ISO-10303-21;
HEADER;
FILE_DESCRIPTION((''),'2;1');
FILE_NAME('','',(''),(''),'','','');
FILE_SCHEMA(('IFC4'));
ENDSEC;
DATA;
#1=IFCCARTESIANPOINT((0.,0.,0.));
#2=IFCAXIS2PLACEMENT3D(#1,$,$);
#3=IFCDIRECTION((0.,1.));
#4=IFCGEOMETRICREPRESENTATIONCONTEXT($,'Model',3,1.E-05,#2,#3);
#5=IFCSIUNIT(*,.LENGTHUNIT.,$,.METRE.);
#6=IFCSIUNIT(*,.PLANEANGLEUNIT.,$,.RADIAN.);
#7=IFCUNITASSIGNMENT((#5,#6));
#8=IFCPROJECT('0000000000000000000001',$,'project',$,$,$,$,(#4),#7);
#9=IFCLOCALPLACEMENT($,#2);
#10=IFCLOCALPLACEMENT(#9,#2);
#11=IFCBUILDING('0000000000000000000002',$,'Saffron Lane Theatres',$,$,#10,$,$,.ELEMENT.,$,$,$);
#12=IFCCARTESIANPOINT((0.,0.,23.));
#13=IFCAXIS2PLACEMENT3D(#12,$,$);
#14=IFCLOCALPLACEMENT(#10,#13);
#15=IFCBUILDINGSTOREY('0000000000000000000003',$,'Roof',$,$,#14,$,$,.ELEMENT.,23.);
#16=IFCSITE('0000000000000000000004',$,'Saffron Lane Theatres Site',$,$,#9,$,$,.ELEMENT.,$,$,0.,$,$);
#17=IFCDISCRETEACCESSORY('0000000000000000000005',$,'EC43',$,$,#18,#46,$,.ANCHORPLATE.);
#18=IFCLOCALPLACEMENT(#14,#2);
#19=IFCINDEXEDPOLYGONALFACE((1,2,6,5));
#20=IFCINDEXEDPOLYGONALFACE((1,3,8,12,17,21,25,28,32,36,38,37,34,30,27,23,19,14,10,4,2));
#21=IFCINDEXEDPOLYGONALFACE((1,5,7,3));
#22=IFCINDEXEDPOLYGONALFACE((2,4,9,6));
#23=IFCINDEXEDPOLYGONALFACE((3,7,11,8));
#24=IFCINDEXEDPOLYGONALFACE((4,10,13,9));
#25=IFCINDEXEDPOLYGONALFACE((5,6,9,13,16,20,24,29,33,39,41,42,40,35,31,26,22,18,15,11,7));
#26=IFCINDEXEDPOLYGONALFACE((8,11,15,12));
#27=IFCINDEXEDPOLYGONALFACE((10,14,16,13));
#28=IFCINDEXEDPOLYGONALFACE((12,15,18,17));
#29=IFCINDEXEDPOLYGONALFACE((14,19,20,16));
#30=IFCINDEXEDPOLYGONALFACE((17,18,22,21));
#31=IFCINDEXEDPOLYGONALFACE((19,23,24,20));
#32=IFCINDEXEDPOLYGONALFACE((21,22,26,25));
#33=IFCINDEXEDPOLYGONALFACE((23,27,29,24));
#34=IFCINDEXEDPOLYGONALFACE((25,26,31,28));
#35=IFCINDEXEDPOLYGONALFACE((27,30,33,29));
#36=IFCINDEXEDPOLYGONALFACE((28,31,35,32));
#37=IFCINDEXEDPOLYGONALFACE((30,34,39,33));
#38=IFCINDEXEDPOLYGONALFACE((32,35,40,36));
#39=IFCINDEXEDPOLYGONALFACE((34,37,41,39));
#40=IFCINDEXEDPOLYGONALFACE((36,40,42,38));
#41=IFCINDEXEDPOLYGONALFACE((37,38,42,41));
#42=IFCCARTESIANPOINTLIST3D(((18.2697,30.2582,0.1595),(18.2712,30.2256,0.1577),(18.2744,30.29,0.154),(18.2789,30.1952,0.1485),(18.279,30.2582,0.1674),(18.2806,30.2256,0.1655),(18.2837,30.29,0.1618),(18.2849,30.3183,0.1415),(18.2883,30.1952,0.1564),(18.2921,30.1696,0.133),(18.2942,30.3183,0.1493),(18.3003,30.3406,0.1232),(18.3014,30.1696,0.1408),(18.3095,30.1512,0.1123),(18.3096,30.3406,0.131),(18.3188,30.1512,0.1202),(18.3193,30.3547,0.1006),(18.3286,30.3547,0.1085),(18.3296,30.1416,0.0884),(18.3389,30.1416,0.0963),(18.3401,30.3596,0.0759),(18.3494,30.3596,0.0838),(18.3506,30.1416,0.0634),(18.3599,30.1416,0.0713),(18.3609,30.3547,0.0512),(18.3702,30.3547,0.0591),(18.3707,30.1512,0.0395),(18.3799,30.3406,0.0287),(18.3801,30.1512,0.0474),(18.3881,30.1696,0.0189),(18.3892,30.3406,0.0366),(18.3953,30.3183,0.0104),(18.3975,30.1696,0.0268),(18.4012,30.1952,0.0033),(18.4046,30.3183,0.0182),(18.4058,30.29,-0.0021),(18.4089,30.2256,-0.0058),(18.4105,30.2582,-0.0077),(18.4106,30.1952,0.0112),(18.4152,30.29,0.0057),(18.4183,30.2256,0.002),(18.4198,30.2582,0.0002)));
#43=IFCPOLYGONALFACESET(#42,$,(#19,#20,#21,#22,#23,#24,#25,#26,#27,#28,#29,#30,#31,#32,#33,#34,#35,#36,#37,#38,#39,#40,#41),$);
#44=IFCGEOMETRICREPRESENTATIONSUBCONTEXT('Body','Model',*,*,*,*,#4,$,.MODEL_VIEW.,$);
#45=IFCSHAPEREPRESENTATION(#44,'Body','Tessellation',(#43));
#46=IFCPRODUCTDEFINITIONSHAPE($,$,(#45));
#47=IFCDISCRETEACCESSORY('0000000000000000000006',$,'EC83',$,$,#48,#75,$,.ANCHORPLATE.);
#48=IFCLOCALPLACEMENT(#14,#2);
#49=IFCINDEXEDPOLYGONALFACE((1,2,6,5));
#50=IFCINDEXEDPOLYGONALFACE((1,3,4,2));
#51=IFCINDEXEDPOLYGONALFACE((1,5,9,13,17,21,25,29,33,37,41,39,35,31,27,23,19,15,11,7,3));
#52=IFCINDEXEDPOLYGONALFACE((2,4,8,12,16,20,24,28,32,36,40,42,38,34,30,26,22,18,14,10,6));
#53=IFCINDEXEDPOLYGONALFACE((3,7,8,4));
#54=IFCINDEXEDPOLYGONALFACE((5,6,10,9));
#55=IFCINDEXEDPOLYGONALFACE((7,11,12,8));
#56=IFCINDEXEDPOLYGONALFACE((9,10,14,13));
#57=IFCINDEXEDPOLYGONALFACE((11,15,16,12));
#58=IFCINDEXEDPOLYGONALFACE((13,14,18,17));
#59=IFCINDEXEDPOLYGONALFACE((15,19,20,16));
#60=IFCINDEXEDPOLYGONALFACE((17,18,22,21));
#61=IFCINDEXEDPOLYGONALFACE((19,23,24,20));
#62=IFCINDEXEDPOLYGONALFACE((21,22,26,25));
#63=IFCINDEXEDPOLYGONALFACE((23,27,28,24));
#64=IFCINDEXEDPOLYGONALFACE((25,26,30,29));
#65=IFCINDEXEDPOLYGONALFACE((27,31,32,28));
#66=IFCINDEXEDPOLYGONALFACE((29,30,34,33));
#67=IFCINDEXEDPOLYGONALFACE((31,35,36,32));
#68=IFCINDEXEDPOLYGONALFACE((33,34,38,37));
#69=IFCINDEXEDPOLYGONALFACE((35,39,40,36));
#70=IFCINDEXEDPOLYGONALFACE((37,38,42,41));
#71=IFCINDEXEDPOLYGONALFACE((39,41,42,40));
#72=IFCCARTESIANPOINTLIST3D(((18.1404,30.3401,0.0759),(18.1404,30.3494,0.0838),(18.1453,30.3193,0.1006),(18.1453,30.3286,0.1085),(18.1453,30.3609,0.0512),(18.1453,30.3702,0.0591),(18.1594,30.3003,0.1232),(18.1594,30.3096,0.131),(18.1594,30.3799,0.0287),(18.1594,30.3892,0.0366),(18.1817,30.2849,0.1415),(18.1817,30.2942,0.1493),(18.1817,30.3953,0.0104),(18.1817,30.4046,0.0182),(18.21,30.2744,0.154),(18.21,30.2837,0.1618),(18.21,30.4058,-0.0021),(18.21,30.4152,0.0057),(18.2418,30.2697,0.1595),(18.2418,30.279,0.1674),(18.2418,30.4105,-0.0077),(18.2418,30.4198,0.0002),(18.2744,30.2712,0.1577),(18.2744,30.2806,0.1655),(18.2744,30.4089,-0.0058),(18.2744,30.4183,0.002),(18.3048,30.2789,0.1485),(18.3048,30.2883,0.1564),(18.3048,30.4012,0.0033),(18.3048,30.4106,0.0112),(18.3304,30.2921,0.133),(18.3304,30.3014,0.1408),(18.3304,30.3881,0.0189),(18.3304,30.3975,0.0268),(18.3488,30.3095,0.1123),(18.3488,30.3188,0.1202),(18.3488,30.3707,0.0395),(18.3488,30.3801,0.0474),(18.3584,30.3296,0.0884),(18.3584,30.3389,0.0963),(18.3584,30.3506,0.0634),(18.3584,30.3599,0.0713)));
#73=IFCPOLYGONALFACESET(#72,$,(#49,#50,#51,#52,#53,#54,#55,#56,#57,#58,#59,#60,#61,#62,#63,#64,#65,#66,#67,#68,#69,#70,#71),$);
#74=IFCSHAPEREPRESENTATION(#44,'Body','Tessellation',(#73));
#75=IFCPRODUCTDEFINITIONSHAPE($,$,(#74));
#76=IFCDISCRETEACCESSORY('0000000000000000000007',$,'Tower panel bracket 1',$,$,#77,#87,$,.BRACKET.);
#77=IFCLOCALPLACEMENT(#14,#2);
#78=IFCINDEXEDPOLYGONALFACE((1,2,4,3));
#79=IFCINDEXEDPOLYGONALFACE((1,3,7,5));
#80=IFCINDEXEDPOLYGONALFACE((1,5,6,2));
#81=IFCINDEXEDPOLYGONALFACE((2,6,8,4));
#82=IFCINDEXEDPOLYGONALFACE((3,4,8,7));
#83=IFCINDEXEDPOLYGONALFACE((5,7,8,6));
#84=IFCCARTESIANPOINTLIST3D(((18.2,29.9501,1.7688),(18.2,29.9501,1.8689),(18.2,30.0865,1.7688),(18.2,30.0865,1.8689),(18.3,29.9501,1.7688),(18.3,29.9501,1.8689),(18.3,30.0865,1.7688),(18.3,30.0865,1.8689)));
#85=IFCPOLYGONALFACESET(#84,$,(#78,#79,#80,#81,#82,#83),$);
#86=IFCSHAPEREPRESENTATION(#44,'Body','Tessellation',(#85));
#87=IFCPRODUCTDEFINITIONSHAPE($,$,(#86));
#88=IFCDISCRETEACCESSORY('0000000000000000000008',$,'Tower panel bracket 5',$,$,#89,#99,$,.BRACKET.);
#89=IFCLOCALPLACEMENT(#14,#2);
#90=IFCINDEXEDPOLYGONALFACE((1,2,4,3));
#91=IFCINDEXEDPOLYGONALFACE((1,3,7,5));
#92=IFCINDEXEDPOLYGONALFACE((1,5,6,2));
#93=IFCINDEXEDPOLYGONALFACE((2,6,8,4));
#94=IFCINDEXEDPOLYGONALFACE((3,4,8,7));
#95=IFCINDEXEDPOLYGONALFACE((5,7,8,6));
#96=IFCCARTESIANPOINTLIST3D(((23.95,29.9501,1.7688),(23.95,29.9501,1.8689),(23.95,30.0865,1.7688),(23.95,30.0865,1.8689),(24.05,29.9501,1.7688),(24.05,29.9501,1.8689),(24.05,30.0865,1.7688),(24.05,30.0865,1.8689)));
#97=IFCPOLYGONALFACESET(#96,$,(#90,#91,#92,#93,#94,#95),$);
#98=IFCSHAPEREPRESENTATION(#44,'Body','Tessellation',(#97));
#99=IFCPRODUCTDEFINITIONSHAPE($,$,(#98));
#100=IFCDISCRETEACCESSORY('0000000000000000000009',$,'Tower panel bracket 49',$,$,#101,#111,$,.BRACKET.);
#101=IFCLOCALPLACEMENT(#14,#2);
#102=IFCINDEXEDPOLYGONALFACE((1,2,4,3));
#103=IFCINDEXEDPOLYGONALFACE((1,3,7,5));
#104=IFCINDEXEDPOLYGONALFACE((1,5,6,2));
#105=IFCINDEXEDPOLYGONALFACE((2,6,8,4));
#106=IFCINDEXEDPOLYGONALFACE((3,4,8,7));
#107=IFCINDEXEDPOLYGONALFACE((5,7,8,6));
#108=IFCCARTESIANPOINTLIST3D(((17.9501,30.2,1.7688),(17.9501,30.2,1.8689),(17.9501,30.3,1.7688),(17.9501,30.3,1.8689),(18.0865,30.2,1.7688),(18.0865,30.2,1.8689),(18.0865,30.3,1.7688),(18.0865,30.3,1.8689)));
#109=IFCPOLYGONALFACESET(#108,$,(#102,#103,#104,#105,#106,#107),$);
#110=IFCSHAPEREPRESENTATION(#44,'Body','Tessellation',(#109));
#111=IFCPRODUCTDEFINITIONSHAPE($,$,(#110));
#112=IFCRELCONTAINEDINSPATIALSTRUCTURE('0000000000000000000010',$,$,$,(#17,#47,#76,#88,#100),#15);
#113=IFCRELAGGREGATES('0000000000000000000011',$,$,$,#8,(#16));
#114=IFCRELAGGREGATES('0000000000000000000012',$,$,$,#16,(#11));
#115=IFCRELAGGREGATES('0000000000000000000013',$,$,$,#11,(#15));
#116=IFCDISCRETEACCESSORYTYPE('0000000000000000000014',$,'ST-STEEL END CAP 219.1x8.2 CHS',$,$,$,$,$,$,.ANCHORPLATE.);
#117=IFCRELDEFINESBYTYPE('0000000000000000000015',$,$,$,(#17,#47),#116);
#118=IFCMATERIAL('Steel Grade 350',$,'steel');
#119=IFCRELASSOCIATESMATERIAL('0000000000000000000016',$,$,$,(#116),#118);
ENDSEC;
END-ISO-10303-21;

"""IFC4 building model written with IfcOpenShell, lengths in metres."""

from ifc_helpers import new_model, si_unit, direction, frame, origin, origin_2d, place, context, subcontext, project, spatial, rectangle, circle, extrude, material, material_profile, profile_set, type_object, element, save


model = new_model("IFC4")

# Units and contexts
model_context = context("Model", 3, precision=1e-05, world=origin(), true_north=direction((0.0, 1.0)))
body_context = subcontext(model_context, "Body", "Model", "MODEL_VIEW")
ifc_project = project(units=[si_unit("LENGTHUNIT", "METRE"), si_unit("PLANEANGLEUNIT", "RADIAN")], contexts=[model_context])

# Site, building, storey
site_placement = place(None, origin())
site = spatial("IfcSite", under=ifc_project, at=site_placement, Name="Saffron Lane Theatres Site", CompositionType="ELEMENT", RefElevation=0.0)
building_placement = place(site_placement, origin())
building = spatial("IfcBuilding", under=site, at=building_placement, Name="Saffron Lane Theatres", CompositionType="ELEMENT")
storey_placement = place(building_placement, frame((0.0, 0.0, 23.0)))
storey = spatial("IfcBuildingStorey", under=building, at=storey_placement, Name="Roof", CompositionType="ELEMENT", Elevation=23.0)

# Discrete accessories
ifc_material_1 = material(Name="Steel Grade 350", Category="steel")
ifc_material_profile_1 = material_profile(ifc_material_1, circle(Radius=0.1096, at=origin_2d()))
ifc_profile_set_1 = profile_set([ifc_material_profile_1], Name="Steel Grade 350")
discrete_accessory_type_1 = type_object("IfcDiscreteAccessoryType", Name="ST-STEEL END CAP 219.1x8.2 CHS", PredefinedType="ANCHORPLATE", material=ifc_profile_set_1)
for number, where, z_axis, x_axis, name in (
    (1, (18.3401, 30.25, 0.0759), (0.764911, 0.0, 0.644136), (0.0, 1.0, 0.0), "EC43"),
    (2, (18.25, 30.3401, 0.0759), (0.0, 0.764911, 0.644136), (-1.0, 0.0, 0.0), "EC83"),
):
    element("IfcDiscreteAccessory", number, at=place(storey_placement, frame(where, z_axis=z_axis, x_axis=x_axis)), inside=storey, type_object=discrete_accessory_type_1, Name=name, PredefinedType="ANCHORPLATE", context=body_context, shape_type="SweptSolid", body=[
        extrude(circle(Radius=0.1096, at=origin_2d()), origin(), (0.0, 0.0, 1.0), 0.0122),
    ])
for number, where, z_axis, x_axis, name in (
    (3, (18.25, 30.0183, 1.7688), (0.0, 0.0, 1.0), (1.0, 0.0, 0.0), "Tower panel bracket 1"),
    (4, (24.0, 30.0183, 1.7688), (0.0, 0.0, 1.0), (1.0, 0.0, 0.0), "Tower panel bracket 5"),
    (5, (18.0183, 30.25, 1.7688), (0.0, 0.0, 1.0), (0.0, 1.0, 0.0), "Tower panel bracket 49"),
):
    element("IfcDiscreteAccessory", number, at=place(storey_placement, frame(where, z_axis=z_axis, x_axis=x_axis)), inside=storey, Name=name, PredefinedType="BRACKET", context=body_context, shape_type="SweptSolid", body=[
        extrude(rectangle(XDim=0.1001, YDim=0.1365, at=origin_2d()), origin(), (0.0, 0.0, 1.0), 0.1001),
    ])

save(model, "model.ifc")
